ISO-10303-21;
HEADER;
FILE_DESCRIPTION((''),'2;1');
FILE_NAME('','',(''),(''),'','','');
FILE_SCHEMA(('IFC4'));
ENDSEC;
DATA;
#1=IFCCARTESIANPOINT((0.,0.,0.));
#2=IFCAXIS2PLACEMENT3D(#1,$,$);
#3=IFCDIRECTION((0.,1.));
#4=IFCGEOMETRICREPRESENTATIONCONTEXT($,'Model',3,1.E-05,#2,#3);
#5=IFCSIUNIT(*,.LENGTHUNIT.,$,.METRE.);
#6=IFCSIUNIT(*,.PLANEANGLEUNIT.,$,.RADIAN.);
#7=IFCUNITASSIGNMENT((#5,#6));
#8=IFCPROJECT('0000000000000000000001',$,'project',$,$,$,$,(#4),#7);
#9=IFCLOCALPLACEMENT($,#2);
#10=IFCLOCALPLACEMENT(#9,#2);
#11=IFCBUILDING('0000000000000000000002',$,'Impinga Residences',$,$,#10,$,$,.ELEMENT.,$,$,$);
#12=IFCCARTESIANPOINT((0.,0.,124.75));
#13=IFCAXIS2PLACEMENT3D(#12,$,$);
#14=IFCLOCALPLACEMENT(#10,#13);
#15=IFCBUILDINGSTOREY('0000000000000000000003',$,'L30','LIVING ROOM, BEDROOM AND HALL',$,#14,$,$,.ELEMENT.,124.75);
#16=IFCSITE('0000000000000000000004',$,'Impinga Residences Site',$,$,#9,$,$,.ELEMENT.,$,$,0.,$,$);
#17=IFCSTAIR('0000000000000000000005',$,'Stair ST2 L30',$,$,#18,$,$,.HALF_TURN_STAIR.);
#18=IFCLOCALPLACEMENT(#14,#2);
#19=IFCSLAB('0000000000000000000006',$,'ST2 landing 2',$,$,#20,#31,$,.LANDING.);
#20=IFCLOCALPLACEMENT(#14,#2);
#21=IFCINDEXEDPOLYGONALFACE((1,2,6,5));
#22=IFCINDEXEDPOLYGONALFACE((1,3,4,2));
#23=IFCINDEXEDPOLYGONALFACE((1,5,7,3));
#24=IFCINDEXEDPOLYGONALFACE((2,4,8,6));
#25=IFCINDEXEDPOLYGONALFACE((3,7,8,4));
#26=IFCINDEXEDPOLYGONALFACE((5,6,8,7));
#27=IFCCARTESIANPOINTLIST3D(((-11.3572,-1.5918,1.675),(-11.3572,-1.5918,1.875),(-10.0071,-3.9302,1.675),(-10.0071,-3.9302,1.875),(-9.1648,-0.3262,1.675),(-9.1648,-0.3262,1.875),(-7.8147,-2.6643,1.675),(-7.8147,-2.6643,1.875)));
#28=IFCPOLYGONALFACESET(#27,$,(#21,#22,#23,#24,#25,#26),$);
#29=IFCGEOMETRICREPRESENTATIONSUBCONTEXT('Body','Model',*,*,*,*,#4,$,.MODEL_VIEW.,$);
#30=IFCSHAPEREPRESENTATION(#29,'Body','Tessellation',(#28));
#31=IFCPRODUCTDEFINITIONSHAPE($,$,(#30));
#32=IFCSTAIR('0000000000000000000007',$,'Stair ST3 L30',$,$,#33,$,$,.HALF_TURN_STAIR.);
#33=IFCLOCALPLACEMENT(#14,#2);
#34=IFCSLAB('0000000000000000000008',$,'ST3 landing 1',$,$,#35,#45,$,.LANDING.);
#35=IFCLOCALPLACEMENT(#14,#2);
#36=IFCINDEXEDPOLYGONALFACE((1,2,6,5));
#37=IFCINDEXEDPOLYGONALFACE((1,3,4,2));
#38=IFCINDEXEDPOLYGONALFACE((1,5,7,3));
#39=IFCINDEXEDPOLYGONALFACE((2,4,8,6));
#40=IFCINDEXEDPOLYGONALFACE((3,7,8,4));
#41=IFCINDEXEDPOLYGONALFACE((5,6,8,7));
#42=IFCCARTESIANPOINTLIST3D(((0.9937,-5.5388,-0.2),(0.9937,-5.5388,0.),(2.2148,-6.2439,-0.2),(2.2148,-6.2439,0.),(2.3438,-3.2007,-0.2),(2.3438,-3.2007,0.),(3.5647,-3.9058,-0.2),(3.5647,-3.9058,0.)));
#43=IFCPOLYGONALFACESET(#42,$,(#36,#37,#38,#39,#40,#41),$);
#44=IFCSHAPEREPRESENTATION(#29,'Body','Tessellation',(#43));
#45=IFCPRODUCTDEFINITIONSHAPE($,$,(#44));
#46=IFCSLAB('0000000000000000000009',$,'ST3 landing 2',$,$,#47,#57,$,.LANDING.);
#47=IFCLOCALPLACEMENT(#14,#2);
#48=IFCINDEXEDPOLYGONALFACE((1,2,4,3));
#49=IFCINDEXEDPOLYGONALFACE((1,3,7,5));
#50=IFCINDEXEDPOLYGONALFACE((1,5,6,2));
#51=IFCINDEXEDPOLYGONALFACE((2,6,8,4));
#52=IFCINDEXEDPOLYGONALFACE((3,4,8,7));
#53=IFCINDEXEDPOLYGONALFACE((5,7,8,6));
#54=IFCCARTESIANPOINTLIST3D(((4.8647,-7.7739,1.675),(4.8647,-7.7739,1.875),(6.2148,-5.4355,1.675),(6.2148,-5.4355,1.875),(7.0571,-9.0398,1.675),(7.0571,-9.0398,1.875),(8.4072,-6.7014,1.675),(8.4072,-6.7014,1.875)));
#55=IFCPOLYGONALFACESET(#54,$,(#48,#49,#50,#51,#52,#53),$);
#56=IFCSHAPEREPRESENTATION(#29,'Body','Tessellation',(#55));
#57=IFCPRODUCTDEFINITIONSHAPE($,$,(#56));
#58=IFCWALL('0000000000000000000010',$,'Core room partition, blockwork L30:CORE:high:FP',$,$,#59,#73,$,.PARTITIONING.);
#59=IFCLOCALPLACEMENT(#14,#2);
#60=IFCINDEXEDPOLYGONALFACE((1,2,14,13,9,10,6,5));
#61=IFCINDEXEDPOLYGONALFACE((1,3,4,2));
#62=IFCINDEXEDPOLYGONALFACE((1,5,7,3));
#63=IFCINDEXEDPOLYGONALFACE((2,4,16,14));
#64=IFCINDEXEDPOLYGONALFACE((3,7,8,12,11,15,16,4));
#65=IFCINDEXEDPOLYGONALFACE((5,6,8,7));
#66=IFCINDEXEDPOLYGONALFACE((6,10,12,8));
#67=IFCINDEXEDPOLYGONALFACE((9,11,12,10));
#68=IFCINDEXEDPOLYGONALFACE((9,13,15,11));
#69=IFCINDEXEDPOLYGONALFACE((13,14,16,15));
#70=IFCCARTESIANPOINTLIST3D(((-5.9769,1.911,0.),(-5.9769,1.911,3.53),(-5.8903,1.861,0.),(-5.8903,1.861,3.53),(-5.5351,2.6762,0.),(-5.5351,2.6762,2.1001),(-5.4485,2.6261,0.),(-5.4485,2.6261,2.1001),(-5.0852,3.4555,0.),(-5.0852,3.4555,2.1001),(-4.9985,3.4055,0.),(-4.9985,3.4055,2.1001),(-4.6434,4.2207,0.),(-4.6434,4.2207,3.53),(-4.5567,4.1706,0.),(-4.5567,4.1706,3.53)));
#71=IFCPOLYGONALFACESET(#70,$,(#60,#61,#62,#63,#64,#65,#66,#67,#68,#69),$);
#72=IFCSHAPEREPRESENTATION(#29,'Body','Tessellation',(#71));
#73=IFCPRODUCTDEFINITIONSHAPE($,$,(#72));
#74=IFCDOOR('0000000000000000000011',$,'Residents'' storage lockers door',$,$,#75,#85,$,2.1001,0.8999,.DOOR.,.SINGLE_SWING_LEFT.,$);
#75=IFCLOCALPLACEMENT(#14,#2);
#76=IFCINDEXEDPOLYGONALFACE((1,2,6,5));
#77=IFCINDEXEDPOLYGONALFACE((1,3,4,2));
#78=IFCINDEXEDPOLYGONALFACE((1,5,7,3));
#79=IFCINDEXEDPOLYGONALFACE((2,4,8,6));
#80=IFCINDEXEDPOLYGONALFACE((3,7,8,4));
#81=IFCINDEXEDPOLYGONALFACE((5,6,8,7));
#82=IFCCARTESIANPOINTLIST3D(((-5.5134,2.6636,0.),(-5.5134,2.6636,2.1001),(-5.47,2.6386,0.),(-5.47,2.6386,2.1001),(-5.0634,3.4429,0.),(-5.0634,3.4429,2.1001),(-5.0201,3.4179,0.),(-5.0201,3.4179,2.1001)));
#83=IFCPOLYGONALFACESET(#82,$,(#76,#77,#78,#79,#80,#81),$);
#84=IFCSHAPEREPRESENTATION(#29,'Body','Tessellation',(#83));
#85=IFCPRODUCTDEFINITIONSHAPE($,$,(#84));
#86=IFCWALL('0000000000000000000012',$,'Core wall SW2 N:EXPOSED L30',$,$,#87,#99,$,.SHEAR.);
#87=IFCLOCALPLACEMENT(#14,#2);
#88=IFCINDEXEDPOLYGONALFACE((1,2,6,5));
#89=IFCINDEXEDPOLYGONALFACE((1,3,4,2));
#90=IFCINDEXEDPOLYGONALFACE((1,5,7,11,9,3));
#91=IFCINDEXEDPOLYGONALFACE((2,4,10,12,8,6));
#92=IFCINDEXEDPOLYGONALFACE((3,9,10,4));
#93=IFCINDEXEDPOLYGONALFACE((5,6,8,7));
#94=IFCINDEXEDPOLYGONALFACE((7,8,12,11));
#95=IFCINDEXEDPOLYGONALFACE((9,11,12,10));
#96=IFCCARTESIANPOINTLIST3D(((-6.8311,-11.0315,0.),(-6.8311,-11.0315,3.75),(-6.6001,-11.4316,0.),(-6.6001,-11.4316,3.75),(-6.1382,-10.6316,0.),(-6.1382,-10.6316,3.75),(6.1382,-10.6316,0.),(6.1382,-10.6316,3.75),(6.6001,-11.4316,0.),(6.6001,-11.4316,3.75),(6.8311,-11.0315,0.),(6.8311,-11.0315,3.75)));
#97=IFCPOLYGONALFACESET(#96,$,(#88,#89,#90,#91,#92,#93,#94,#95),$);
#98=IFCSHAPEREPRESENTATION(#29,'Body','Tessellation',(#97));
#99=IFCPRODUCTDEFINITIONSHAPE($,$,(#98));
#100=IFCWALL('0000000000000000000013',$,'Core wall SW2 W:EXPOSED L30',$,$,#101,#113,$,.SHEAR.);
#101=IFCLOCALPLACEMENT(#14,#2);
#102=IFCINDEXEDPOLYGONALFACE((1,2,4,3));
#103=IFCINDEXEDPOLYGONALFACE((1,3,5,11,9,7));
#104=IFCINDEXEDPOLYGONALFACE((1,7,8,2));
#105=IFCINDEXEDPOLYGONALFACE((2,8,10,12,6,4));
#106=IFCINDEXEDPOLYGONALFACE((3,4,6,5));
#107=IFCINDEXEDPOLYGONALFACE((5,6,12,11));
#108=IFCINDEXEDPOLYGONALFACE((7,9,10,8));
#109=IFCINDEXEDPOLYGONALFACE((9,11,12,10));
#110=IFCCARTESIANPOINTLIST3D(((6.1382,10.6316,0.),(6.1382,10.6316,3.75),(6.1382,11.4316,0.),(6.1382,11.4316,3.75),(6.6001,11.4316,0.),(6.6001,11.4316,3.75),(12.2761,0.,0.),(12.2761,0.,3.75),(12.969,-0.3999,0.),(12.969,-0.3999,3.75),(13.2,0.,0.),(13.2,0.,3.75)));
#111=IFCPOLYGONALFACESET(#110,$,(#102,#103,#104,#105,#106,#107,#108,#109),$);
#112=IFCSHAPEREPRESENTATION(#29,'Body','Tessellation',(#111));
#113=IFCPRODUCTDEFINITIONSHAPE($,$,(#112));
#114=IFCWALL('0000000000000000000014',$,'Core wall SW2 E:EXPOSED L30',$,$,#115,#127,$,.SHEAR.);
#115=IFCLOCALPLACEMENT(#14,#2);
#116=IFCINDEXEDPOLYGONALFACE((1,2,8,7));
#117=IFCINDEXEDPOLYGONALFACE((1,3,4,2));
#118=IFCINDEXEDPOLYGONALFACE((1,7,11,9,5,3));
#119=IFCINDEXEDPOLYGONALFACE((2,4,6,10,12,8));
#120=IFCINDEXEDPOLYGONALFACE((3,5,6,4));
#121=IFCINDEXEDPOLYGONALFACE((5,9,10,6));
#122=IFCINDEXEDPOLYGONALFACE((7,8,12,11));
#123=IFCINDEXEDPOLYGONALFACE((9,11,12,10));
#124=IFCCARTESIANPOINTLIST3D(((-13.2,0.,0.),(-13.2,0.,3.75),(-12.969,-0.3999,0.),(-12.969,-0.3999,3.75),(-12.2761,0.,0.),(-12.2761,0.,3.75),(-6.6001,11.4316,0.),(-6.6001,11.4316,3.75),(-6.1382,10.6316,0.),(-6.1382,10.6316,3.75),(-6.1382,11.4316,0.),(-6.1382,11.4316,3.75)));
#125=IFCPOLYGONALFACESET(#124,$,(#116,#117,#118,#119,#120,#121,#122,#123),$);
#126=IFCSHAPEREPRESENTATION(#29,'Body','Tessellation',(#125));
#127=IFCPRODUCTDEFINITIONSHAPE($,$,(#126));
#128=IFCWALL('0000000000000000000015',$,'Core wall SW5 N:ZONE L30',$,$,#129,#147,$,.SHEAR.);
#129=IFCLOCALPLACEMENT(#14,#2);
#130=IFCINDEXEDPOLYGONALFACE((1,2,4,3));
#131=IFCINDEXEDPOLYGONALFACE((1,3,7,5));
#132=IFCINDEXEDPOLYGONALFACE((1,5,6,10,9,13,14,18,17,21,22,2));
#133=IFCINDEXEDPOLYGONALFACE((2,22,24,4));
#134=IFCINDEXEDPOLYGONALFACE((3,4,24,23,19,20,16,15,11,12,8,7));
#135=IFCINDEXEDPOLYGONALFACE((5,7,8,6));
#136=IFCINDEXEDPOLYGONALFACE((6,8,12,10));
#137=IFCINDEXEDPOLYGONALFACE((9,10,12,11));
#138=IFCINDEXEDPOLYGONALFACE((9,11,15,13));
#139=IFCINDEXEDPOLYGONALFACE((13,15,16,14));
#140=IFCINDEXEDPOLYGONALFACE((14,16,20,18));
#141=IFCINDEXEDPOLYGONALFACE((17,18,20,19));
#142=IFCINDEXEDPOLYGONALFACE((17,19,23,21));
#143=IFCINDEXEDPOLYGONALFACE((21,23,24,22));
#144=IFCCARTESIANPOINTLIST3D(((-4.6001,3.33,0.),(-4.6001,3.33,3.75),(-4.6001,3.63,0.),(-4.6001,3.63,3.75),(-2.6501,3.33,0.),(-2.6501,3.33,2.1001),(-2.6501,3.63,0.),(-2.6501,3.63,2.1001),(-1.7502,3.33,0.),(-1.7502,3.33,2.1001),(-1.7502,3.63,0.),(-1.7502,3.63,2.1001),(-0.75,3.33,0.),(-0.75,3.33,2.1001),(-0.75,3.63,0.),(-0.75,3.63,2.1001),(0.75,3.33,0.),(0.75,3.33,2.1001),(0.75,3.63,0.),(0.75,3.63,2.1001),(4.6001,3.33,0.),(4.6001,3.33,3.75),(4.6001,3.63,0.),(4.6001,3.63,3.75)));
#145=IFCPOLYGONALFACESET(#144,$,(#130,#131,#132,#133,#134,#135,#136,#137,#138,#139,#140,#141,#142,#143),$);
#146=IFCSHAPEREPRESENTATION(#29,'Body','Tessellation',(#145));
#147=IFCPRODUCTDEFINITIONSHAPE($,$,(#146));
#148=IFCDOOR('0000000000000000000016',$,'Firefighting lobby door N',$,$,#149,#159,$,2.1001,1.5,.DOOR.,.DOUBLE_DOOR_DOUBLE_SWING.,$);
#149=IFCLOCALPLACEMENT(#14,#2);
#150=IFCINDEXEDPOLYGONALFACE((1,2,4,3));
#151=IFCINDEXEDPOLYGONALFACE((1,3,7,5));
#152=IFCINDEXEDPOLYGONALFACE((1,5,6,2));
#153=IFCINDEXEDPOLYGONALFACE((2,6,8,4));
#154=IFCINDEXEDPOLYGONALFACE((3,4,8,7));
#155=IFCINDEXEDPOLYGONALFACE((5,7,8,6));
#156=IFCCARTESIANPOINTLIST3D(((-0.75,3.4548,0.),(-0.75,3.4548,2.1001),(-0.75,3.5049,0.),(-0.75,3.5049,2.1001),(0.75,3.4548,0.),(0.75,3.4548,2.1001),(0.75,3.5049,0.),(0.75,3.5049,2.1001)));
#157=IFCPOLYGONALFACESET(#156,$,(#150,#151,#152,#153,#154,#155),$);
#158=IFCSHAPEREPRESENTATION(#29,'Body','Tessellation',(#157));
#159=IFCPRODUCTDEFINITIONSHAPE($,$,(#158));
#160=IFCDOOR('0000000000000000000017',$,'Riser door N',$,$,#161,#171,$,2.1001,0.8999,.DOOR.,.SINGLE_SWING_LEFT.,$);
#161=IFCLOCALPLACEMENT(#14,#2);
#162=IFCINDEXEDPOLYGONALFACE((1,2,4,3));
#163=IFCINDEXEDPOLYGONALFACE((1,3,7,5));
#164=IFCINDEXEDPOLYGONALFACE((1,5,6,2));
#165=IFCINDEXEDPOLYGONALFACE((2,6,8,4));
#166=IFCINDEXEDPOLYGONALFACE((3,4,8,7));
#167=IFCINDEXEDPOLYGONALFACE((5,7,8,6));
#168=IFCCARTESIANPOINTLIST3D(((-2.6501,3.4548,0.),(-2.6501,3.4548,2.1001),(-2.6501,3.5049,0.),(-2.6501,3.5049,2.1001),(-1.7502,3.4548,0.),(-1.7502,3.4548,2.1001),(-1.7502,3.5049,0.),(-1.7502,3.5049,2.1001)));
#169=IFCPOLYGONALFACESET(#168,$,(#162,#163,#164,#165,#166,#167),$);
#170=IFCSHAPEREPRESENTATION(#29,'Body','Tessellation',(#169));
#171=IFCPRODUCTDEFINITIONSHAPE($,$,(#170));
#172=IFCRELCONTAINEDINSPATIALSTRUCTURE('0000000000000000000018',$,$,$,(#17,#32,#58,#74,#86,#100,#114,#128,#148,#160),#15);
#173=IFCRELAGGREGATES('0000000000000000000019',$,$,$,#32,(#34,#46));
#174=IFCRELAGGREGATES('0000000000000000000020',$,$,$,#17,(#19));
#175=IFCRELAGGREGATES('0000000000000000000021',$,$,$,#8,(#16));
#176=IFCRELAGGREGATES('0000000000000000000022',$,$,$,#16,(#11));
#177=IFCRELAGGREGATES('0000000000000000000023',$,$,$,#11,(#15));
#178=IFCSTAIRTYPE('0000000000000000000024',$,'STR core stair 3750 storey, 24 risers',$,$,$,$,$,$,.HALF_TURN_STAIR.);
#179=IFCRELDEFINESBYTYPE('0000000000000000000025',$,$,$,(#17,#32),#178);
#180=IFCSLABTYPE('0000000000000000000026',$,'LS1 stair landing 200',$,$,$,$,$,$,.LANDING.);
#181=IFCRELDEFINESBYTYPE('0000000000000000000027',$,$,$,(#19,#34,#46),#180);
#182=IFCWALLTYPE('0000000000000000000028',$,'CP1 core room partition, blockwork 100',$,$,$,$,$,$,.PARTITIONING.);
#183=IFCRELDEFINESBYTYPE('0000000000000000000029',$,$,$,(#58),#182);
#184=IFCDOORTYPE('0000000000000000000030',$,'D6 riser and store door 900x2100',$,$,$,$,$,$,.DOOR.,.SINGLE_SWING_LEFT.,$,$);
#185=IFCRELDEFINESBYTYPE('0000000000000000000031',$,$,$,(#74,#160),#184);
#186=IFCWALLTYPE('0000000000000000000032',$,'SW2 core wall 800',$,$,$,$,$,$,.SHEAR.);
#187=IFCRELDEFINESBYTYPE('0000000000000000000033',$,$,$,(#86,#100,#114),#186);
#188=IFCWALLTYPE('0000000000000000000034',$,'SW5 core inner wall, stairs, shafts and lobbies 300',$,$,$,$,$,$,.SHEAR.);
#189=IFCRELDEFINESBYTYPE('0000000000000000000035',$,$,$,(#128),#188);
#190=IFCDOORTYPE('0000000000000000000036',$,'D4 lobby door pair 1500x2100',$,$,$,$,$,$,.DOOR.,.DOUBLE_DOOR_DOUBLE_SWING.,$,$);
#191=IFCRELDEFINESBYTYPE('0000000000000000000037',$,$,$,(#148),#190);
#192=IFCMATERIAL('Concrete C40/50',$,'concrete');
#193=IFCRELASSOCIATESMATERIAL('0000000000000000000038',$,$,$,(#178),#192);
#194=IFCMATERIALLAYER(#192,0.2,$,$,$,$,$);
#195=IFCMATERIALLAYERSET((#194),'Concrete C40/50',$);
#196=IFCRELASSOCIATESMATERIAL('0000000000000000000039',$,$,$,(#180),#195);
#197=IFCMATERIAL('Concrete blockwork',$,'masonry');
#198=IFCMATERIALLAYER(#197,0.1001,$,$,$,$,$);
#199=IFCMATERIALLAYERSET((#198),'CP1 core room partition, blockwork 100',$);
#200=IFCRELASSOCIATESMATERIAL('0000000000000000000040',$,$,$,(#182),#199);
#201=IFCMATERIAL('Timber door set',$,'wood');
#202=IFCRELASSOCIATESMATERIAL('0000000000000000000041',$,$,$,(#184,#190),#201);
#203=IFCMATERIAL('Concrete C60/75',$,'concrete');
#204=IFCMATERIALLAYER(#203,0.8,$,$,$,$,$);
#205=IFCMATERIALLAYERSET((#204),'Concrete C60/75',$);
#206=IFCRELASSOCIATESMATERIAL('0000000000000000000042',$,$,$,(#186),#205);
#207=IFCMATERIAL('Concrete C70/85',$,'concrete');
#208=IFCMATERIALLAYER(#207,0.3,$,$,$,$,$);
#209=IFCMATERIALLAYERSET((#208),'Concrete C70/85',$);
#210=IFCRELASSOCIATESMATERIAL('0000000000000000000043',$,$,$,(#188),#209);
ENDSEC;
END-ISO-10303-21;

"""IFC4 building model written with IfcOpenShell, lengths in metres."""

from ifc_helpers import new_model, si_unit, direction, frame, frame_2d, origin, place, context, subcontext, project, spatial, polyline, rectangle, outline, extrude, material, layer, layer_set, type_object, element, fill, aggregate, save


model = new_model("IFC4")

# Units and contexts
model_context = context("Model", 3, precision=1e-05, world=origin(), true_north=direction((0.0, 1.0)))
body_context = subcontext(model_context, "Body", "Model", "MODEL_VIEW")
ifc_project = project(units=[si_unit("LENGTHUNIT", "METRE"), si_unit("PLANEANGLEUNIT", "RADIAN")], contexts=[model_context])

# Site, building, storey
site_placement = place(None, origin())
site = spatial("IfcSite", under=ifc_project, at=site_placement, Name="Impinga Residences Site", CompositionType="ELEMENT", RefElevation=0.0)
building_placement = place(site_placement, origin())
building = spatial("IfcBuilding", under=site, at=building_placement, Name="Impinga Residences", CompositionType="ELEMENT")
storey_placement = place(building_placement, frame((0.0, 0.0, 124.75)))
storey = spatial("IfcBuildingStorey", under=building, at=storey_placement, Name="L30", Description="LIVING ROOM, BEDROOM AND HALL", CompositionType="ELEMENT", Elevation=124.75)

# Shared definitions
ifc_material_1 = material(Name="Concrete C60/75", Category="concrete")

# Stairs, slabs
ifc_material_2 = material(Name="Concrete C40/50", Category="concrete")
stair_type = type_object("IfcStairType", Name="STR core stair 3750 storey, 24 risers", PredefinedType="HALF_TURN_STAIR", material=ifc_material_2)
ifc_layer_1 = layer(ifc_material_2, 0.2)
ifc_layer_set_1 = layer_set([ifc_layer_1], Name="Concrete C40/50")
slab_type_1 = type_object("IfcSlabType", Name="LS1 stair landing 200", PredefinedType="LANDING", material=ifc_layer_set_1)
stair_1_placement = place(storey_placement, origin())
stair_1 = element("IfcStair", 1, at=stair_1_placement, inside=storey, type_object=stair_type, Name="Stair ST2 L30", PredefinedType="HALF_TURN_STAIR")
slab_1_placement = place(storey_placement, frame((0.0, 0.0, 1.675)))
slab_1 = element("IfcSlab", 2, at=slab_1_placement, type_object=slab_type_1, Name="ST2 landing 2", PredefinedType="LANDING", context=body_context, shape_type="SweptSolid", body=[
    extrude(outline(polyline([(-7.8147, -2.6643), (-9.1648, -0.3262), (-11.3572, -1.5918), (-10.0071, -3.9302), (-7.8147, -2.6643)])), origin(), (0.0, 0.0, 1.0), 0.2),
])
stair_2_placement = place(storey_placement, origin())
stair_2 = element("IfcStair", 3, at=stair_2_placement, inside=storey, type_object=stair_type, Name="Stair ST3 L30", PredefinedType="HALF_TURN_STAIR")
slab_2_placement = place(storey_placement, frame((0.0, 0.0, -0.2)))
slab_2 = element("IfcSlab", 4, at=slab_2_placement, type_object=slab_type_1, Name="ST3 landing 1", PredefinedType="LANDING", context=body_context, shape_type="SweptSolid", body=[
    extrude(outline(polyline([(2.3438, -3.2007), (0.9937, -5.5388), (2.2148, -6.2439), (3.5647, -3.9058), (2.3438, -3.2007)])), origin(), (0.0, 0.0, 1.0), 0.2),
])
slab_3_placement = place(storey_placement, frame((0.0, 0.0, 1.675)))
slab_3 = element("IfcSlab", 5, at=slab_3_placement, type_object=slab_type_1, Name="ST3 landing 2", PredefinedType="LANDING", context=body_context, shape_type="SweptSolid", body=[
    extrude(outline(polyline([(6.2148, -5.4355), (4.8647, -7.7739), (7.0571, -9.0398), (8.4072, -6.7014), (6.2148, -5.4355)])), origin(), (0.0, 0.0, 1.0), 0.2),
])
aggregate(stair_2, [slab_2, slab_3])

# Wall, opening, door
ifc_material_3 = material(Name="Concrete blockwork", Category="masonry")
ifc_layer_2 = layer(ifc_material_3, 0.1001)
ifc_layer_set_2 = layer_set([ifc_layer_2], Name="CP1 core room partition, blockwork 100")
wall_type_1 = type_object("IfcWallType", Name="CP1 core room partition, blockwork 100", PredefinedType="PARTITIONING", material=ifc_layer_set_2)
wall_1_placement = place(storey_placement, frame((-5.9336, 1.886, 0.0), z_axis=(0.0, 0.0, 1.0), x_axis=(0.500018, 0.866015, 0.0)))
wall_1 = element("IfcWall", 6, at=wall_1_placement, inside=storey, type_object=wall_type_1, Name="Core room partition, blockwork L30:CORE:high:FP", PredefinedType="PARTITIONING", context=body_context, shape_type="SweptSolid", body=[
    extrude(rectangle(XDim=2.667, YDim=0.1001, at=frame_2d((1.3335, 0.0))), origin(), (0.0, 0.0, 1.0), 3.53),
])
opening_1_placement = place(wall_1_placement, frame((0.8835, 0.0, 0.0)))
opening_1 = element("IfcOpeningElement", 7, at=opening_1_placement, cuts=wall_1, PredefinedType="OPENING", context=body_context, shape_type="SweptSolid", body=[
    extrude(rectangle(XDim=0.8999, YDim=2.1001, at=frame_2d((0.45, 1.05))), frame((0.0, 0.0601, 0.0), z_axis=(0.0, -1.0, 0.0), x_axis=(1.0, 0.0, 0.0)), (0.0, 0.0, 1.0), 0.1201),
])
ifc_material_4 = material(Name="Timber door set", Category="wood")
door_type_1 = type_object("IfcDoorType", Name="D6 riser and store door 900x2100", OperationType="SINGLE_SWING_LEFT", PredefinedType="DOOR", material=ifc_material_4)
door_1_placement = place(opening_1_placement, origin())
door_1 = element("IfcDoor", 8, at=door_1_placement, inside=storey, type_object=door_type_1, Name="Residents' storage lockers door", OperationType="SINGLE_SWING_LEFT", OverallHeight=2.1001, OverallWidth=0.8999, PredefinedType="DOOR", context=body_context, shape_type="SweptSolid", body=[
    extrude(rectangle(XDim=0.8999, YDim=2.1001, at=frame_2d((0.45, 1.05))), frame((0.0, 0.0249, 0.0), z_axis=(0.0, -1.0, 0.0), x_axis=(1.0, 0.0, 0.0)), (0.0, 0.0, 1.0), 0.05),
])
fill(opening_1, door_1)

# Walls
ifc_layer_3 = layer(ifc_material_1, 0.8)
ifc_layer_set_3 = layer_set([ifc_layer_3], Name="Concrete C60/75")
wall_type_2 = type_object("IfcWallType", Name="SW2 core wall 800", PredefinedType="SHEAR", material=ifc_layer_set_3)
wall_2_placement = place(storey_placement, origin())
element("IfcWall", 9, at=wall_2_placement, inside=storey, type_object=wall_type_2, Name="Core wall SW2 N:EXPOSED L30", PredefinedType="SHEAR", context=body_context, shape_type="SweptSolid", body=[
    extrude(outline(polyline([(-6.6001, -11.4316), (6.6001, -11.4316), (6.8311, -11.0315), (6.1382, -10.6316), (-6.1382, -10.6316), (-6.8311, -11.0315), (-6.6001, -11.4316)])), origin(), (0.0, 0.0, 1.0), 3.75),
])
wall_3_placement = place(storey_placement, origin())
element("IfcWall", 10, at=wall_3_placement, inside=storey, type_object=wall_type_2, Name="Core wall SW2 W:EXPOSED L30", PredefinedType="SHEAR", context=body_context, shape_type="SweptSolid", body=[
    extrude(outline(polyline([(13.2, 0.0), (6.6001, 11.4316), (6.1382, 11.4316), (6.1382, 10.6316), (12.2761, 0.0), (12.969, -0.3999), (13.2, 0.0)])), origin(), (0.0, 0.0, 1.0), 3.75),
])
wall_4_placement = place(storey_placement, origin())
element("IfcWall", 11, at=wall_4_placement, inside=storey, type_object=wall_type_2, Name="Core wall SW2 E:EXPOSED L30", PredefinedType="SHEAR", context=body_context, shape_type="SweptSolid", body=[
    extrude(outline(polyline([(-6.6001, 11.4316), (-13.2, 0.0), (-12.969, -0.3999), (-12.2761, 0.0), (-6.1382, 10.6316), (-6.1382, 11.4316), (-6.6001, 11.4316)])), origin(), (0.0, 0.0, 1.0), 3.75),
])

# Wall, openings, doors
ifc_material_5 = material(Name="Concrete C70/85", Category="concrete")
ifc_layer_4 = layer(ifc_material_5, 0.3)
ifc_layer_set_4 = layer_set([ifc_layer_4], Name="Concrete C70/85")
wall_type_3 = type_object("IfcWallType", Name="SW5 core inner wall, stairs, shafts and lobbies 300", PredefinedType="SHEAR", material=ifc_layer_set_4)
wall_5_placement = place(storey_placement, frame((-4.6001, 3.48, 0.0), z_axis=(0.0, 0.0, 1.0), x_axis=(1.0, 0.0, 0.0)))
wall_5 = element("IfcWall", 12, at=wall_5_placement, inside=storey, type_object=wall_type_3, Name="Core wall SW5 N:ZONE L30", PredefinedType="SHEAR", context=body_context, shape_type="SweptSolid", body=[
    extrude(rectangle(XDim=9.2002, YDim=0.3, at=frame_2d((4.6001, 0.0))), origin(), (0.0, 0.0, 1.0), 3.75),
])
opening_2_placement = place(wall_5_placement, frame((3.8501, 0.0, 0.0)))
opening_2 = element("IfcOpeningElement", 13, at=opening_2_placement, cuts=wall_5, PredefinedType="OPENING", context=body_context, shape_type="SweptSolid", body=[
    extrude(rectangle(XDim=1.5, YDim=2.1001, at=frame_2d((0.75, 1.05))), frame((0.0, 0.1599, 0.0), z_axis=(0.0, -1.0, 0.0), x_axis=(1.0, 0.0, 0.0)), (0.0, 0.0, 1.0), 0.3201),
])
opening_3_placement = place(wall_5_placement, frame((1.95, 0.0, 0.0)))
opening_3 = element("IfcOpeningElement", 14, at=opening_3_placement, cuts=wall_5, PredefinedType="OPENING", context=body_context, shape_type="SweptSolid", body=[
    extrude(rectangle(XDim=0.8999, YDim=2.1001, at=frame_2d((0.45, 1.05))), frame((0.0, 0.1599, 0.0), z_axis=(0.0, -1.0, 0.0), x_axis=(1.0, 0.0, 0.0)), (0.0, 0.0, 1.0), 0.3201),
])
door_type_2 = type_object("IfcDoorType", Name="D4 lobby door pair 1500x2100", OperationType="DOUBLE_DOOR_DOUBLE_SWING", PredefinedType="DOOR", material=ifc_material_4)
door_2_placement = place(opening_2_placement, origin())
door_2 = element("IfcDoor", 15, at=door_2_placement, inside=storey, type_object=door_type_2, Name="Firefighting lobby door N", OperationType="DOUBLE_DOOR_DOUBLE_SWING", OverallHeight=2.1001, OverallWidth=1.5, PredefinedType="DOOR", context=body_context, shape_type="SweptSolid", body=[
    extrude(rectangle(XDim=1.5, YDim=2.1001, at=frame_2d((0.75, 1.05))), frame((0.0, 0.0249, 0.0), z_axis=(0.0, -1.0, 0.0), x_axis=(1.0, 0.0, 0.0)), (0.0, 0.0, 1.0), 0.05),
])
fill(opening_2, door_2)
door_3_placement = place(opening_3_placement, origin())
door_3 = element("IfcDoor", 16, at=door_3_placement, inside=storey, type_object=door_type_1, Name="Riser door N", OperationType="SINGLE_SWING_LEFT", OverallHeight=2.1001, OverallWidth=0.8999, PredefinedType="DOOR", context=body_context, shape_type="SweptSolid", body=[
    extrude(rectangle(XDim=0.8999, YDim=2.1001, at=frame_2d((0.45, 1.05))), frame((0.0, 0.0249, 0.0), z_axis=(0.0, -1.0, 0.0), x_axis=(1.0, 0.0, 0.0)), (0.0, 0.0, 1.0), 0.05),
])
fill(opening_3, door_3)

aggregate(stair_1, [slab_1])

save(model, "model.ifc")
